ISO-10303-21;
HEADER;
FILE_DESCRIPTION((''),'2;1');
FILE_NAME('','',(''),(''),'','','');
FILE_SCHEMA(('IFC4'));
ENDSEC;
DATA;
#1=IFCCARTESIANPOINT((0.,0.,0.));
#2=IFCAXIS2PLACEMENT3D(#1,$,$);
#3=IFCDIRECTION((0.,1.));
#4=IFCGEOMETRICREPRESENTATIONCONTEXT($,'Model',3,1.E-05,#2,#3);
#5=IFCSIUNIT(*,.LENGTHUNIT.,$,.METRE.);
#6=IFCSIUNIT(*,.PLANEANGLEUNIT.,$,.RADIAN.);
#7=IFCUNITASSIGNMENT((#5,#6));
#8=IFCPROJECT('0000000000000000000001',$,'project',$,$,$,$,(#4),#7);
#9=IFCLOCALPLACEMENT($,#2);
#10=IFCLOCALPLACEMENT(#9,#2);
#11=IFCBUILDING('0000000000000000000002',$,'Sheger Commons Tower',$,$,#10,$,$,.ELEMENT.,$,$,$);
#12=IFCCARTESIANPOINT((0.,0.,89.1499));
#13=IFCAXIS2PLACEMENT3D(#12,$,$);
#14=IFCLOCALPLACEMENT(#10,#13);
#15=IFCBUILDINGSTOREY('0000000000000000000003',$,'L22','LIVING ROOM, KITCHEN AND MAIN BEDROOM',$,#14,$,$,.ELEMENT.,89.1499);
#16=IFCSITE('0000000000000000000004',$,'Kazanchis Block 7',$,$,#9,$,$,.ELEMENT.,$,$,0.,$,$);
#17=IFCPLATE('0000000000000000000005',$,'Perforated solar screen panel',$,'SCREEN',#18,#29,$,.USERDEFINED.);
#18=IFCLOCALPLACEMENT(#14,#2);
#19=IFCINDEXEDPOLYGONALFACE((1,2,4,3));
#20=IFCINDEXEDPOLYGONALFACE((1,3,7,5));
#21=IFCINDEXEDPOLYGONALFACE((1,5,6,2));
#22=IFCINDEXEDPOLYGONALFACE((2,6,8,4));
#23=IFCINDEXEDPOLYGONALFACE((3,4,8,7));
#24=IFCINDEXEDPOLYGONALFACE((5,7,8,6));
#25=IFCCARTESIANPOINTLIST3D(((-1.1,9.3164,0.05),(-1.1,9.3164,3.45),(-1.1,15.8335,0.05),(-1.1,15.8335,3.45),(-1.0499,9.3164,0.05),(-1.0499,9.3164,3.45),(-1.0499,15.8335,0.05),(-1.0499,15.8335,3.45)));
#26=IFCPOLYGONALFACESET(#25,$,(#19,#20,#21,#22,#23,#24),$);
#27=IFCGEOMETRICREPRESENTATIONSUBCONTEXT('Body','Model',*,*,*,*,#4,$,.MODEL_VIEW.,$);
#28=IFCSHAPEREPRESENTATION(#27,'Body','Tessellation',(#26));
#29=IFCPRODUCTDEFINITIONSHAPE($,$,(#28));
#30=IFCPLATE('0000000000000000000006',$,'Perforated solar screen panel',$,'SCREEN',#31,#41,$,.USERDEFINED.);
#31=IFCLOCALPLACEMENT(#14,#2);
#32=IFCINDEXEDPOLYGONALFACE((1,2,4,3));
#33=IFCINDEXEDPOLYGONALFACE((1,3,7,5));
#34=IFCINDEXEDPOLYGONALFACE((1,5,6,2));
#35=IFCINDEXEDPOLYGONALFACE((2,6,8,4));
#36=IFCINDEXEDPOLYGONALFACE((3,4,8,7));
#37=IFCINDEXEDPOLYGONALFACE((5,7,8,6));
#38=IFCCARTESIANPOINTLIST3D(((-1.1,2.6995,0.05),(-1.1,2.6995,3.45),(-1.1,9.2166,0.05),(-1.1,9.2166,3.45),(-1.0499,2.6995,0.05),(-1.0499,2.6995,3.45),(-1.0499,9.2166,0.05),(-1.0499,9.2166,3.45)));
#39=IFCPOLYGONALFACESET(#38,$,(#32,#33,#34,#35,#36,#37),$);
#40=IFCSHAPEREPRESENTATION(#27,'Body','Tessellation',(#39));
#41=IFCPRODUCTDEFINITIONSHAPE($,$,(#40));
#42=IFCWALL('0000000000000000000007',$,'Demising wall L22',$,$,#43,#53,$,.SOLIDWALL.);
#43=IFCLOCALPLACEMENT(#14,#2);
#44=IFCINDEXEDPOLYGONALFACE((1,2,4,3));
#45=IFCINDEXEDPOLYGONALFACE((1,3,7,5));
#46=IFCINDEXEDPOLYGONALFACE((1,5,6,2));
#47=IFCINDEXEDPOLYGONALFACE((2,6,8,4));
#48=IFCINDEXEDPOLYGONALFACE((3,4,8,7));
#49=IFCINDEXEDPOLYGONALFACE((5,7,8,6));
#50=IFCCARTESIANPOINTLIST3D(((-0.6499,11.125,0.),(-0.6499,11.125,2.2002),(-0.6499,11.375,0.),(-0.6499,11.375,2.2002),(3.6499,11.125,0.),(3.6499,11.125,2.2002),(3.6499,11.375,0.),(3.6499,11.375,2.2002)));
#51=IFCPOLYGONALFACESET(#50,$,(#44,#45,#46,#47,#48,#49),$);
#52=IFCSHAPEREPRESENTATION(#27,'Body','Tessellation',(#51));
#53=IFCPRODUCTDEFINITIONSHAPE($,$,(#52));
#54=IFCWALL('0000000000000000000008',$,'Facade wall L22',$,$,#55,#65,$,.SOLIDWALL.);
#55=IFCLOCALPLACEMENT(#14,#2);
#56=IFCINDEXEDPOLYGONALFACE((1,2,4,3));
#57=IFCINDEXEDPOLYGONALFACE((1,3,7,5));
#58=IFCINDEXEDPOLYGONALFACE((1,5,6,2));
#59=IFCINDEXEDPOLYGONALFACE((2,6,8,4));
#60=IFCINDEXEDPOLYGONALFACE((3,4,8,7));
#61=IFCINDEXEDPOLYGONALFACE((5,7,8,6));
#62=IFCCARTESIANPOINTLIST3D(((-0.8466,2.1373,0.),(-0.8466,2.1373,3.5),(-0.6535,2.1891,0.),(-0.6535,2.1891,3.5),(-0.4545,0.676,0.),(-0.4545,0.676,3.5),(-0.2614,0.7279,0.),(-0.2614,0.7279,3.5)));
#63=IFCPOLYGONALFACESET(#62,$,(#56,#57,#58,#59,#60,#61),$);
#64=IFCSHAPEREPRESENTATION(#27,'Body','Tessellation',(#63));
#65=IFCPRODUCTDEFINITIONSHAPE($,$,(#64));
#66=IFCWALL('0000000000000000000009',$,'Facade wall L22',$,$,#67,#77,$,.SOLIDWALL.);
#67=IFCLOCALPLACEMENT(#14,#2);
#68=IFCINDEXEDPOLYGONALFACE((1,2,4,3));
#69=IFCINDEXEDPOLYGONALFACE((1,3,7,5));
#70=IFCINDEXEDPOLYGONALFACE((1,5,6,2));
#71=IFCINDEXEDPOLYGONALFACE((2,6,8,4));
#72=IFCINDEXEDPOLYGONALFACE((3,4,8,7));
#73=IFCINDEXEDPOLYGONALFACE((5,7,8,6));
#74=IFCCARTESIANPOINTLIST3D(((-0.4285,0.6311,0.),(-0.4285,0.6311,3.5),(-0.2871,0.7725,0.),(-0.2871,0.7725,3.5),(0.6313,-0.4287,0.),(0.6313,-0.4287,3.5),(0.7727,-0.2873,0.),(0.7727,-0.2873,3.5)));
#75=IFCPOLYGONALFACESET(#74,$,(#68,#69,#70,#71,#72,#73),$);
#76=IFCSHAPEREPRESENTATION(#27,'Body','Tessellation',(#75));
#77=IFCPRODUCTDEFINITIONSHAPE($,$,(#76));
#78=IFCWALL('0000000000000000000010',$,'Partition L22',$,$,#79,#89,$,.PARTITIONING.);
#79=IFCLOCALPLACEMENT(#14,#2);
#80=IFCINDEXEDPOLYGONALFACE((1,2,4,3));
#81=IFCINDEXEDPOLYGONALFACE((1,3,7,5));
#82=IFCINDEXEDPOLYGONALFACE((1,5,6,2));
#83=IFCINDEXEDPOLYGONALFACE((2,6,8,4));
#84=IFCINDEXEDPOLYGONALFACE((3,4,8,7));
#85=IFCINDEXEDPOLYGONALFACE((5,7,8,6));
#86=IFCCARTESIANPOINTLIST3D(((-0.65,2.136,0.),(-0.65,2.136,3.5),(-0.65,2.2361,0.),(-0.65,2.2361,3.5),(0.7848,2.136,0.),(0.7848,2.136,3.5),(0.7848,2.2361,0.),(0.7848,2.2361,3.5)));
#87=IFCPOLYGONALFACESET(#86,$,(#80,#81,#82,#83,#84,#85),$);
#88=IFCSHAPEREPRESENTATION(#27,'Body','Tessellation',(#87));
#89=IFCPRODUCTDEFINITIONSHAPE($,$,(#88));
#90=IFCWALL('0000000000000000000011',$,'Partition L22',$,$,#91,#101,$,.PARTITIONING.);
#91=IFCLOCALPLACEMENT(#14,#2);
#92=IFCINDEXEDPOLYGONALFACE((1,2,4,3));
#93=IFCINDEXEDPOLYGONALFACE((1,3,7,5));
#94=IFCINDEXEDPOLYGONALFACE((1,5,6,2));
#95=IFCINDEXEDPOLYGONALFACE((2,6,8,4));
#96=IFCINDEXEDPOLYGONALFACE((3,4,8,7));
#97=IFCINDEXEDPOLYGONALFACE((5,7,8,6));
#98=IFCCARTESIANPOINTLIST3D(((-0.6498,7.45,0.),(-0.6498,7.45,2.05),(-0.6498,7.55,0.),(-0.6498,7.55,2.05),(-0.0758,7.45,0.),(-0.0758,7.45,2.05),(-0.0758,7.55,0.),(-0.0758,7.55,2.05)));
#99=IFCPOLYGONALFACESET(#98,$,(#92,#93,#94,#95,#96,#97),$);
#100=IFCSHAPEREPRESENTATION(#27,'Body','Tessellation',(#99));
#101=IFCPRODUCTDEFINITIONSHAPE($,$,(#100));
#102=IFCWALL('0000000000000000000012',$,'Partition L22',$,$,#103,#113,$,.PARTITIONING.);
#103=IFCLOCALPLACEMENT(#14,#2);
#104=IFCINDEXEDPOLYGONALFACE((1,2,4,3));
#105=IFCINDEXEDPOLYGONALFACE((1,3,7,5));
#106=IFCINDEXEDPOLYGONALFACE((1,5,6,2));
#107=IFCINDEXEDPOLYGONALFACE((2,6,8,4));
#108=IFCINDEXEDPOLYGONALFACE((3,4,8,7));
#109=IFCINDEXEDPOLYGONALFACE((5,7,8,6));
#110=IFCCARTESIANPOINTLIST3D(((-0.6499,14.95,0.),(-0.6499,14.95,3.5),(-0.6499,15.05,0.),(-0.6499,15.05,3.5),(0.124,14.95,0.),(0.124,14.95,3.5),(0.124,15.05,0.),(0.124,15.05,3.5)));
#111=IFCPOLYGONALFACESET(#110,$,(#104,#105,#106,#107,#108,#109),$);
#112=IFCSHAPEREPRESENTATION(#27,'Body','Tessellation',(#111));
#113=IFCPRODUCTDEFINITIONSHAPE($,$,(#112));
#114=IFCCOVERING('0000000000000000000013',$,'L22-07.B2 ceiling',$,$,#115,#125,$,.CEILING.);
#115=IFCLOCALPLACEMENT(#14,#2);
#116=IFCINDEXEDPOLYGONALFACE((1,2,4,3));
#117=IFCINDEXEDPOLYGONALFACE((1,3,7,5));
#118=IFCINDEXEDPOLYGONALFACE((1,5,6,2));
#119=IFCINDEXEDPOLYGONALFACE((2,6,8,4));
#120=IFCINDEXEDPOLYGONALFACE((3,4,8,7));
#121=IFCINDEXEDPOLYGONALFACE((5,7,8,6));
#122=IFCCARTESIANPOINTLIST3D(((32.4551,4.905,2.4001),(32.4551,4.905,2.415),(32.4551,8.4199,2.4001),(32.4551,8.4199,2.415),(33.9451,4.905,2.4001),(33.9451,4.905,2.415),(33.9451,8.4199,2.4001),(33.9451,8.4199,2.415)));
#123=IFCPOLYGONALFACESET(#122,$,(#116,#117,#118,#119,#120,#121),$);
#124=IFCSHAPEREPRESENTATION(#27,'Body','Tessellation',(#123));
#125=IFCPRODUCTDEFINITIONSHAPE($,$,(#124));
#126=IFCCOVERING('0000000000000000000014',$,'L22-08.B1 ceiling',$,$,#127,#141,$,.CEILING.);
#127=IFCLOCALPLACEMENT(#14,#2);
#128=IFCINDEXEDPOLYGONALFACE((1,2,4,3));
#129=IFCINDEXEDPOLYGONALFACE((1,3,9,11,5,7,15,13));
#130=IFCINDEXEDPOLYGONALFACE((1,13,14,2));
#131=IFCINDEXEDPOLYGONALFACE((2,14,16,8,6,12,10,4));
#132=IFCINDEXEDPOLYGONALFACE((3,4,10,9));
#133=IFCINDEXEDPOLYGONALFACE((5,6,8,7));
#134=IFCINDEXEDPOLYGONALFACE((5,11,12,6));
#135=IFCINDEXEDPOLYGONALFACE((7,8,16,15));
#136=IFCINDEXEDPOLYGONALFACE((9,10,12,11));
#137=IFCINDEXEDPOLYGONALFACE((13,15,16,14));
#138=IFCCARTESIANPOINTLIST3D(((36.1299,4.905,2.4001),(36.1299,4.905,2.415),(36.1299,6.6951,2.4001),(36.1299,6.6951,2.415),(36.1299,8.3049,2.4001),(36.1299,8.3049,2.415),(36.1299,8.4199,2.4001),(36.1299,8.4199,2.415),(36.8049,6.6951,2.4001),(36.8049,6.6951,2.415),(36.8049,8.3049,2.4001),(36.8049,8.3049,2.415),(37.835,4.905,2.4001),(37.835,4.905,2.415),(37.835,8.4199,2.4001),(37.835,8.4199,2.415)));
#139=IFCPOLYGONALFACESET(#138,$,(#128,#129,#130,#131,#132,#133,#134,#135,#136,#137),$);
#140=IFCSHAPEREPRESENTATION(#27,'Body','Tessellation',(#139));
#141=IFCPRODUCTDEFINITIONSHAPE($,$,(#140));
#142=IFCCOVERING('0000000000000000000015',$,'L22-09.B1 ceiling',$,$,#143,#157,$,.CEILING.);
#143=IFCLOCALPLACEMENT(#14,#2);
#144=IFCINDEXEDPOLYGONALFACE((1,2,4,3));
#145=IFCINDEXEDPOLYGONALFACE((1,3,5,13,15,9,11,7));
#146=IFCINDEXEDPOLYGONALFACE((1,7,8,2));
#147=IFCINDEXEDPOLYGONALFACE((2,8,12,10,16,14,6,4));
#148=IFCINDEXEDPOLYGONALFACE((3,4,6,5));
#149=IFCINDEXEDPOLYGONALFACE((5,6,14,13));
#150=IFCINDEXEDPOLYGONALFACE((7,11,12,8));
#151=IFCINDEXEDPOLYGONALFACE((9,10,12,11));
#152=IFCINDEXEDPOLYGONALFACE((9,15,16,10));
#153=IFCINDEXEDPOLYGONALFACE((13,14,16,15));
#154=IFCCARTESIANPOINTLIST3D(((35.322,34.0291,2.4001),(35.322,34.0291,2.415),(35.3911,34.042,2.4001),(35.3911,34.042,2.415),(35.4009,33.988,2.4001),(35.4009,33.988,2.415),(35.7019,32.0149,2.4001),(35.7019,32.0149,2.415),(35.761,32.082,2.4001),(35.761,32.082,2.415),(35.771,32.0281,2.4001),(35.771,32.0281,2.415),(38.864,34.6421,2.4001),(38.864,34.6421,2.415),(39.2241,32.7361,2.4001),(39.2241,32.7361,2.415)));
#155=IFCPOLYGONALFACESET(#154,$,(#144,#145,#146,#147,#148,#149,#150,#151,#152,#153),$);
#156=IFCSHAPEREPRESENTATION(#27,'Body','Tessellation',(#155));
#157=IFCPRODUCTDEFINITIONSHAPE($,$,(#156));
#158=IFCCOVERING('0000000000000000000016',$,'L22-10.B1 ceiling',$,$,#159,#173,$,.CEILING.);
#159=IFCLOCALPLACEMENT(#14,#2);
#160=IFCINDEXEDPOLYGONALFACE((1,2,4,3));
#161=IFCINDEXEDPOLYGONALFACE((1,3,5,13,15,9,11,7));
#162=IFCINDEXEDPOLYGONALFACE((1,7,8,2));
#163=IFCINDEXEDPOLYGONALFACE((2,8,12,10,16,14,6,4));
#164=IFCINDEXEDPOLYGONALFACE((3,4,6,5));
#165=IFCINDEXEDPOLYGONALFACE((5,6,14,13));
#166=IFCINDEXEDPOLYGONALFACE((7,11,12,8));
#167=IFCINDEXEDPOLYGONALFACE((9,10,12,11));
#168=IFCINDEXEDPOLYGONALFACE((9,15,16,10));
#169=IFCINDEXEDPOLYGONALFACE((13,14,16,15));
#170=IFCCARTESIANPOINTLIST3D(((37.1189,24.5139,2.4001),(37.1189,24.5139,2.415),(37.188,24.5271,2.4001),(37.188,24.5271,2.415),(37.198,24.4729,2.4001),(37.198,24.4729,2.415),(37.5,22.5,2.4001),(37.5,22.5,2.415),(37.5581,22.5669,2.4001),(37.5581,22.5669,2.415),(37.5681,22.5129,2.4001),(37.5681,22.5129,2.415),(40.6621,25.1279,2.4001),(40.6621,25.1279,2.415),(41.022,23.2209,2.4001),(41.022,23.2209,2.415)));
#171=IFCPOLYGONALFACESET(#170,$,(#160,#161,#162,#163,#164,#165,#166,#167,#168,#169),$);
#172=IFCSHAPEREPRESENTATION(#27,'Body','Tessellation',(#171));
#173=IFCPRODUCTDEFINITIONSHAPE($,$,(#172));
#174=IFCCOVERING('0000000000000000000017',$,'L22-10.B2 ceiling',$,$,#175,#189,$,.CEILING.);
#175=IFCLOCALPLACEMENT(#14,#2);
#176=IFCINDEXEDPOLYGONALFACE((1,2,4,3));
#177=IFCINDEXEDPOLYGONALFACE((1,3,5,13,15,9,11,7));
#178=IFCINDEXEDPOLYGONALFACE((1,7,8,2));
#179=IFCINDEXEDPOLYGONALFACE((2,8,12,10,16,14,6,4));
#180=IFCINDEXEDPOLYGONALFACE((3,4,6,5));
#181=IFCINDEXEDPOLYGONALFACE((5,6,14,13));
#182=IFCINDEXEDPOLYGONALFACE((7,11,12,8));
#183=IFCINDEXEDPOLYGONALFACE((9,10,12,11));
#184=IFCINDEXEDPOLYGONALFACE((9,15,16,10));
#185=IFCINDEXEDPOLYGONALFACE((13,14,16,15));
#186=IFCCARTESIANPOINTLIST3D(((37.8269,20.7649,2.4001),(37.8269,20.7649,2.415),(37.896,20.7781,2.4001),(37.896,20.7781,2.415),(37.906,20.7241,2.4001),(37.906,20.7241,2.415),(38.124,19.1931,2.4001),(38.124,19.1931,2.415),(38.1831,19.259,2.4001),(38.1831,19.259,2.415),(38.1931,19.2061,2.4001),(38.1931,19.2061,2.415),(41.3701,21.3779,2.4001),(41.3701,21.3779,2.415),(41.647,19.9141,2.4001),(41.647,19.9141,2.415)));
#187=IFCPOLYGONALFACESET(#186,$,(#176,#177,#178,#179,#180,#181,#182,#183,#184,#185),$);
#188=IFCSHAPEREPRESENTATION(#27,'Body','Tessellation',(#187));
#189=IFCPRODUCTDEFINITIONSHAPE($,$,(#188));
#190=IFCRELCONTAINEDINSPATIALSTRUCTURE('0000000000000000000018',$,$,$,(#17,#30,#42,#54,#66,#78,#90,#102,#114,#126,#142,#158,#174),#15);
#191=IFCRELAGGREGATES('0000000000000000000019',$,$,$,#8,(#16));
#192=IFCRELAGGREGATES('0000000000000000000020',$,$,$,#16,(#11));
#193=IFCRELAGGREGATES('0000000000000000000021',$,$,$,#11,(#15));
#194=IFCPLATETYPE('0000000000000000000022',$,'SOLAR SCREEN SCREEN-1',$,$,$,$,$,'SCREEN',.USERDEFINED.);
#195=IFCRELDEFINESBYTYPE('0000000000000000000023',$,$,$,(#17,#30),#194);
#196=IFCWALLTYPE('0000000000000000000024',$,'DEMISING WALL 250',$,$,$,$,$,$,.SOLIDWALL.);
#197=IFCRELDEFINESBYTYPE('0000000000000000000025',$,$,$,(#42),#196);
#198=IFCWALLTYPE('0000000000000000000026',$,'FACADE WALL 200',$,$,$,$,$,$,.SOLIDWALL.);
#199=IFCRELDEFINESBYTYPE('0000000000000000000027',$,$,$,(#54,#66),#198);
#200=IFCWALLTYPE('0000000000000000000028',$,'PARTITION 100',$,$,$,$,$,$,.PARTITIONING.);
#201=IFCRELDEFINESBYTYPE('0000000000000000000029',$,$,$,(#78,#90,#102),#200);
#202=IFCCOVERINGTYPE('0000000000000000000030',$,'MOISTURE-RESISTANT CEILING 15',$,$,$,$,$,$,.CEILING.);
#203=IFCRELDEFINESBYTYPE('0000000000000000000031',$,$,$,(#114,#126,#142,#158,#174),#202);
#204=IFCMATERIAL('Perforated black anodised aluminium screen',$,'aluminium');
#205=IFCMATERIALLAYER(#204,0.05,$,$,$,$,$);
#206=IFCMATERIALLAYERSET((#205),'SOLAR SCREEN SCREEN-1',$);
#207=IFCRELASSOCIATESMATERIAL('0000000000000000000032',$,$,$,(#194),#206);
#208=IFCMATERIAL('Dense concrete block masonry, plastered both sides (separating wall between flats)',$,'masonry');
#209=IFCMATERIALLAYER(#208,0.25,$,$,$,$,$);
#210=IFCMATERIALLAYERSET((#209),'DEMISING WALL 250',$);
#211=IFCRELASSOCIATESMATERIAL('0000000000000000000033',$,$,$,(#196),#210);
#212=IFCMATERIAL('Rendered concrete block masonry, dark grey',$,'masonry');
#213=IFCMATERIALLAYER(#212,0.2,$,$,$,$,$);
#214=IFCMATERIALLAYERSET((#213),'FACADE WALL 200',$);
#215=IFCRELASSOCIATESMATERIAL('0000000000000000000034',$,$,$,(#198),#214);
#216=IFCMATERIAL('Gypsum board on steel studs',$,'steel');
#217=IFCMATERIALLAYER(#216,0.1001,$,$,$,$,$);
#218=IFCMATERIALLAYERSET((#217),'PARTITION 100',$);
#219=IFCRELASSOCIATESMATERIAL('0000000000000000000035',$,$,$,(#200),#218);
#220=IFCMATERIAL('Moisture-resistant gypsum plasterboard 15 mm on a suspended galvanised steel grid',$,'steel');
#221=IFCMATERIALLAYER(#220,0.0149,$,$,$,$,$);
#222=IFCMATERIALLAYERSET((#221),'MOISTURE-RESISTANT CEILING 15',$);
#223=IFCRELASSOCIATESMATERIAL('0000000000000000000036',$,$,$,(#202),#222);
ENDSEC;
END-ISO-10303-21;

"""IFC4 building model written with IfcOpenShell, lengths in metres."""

from ifc_helpers import new_model, si_unit, direction, frame, frame_2d, origin, origin_2d, place, context, subcontext, project, spatial, polyline, rectangle, outline, extrude, material, layer, layer_set, type_object, element, save


model = new_model("IFC4")

# Units and contexts
model_context = context("Model", 3, precision=1e-05, world=origin(), true_north=direction((0.0, 1.0)))
body_context = subcontext(model_context, "Body", "Model", "MODEL_VIEW")
ifc_project = project(units=[si_unit("LENGTHUNIT", "METRE"), si_unit("PLANEANGLEUNIT", "RADIAN")], contexts=[model_context])

# Site, building, storey
site_placement = place(None, origin())
site = spatial("IfcSite", under=ifc_project, at=site_placement, Name="Kazanchis Block 7", CompositionType="ELEMENT", RefElevation=0.0)
building_placement = place(site_placement, origin())
building = spatial("IfcBuilding", under=site, at=building_placement, Name="Sheger Commons Tower", CompositionType="ELEMENT")
storey_placement = place(building_placement, frame((0.0, 0.0, 89.1499)))
storey = spatial("IfcBuildingStorey", under=building, at=storey_placement, Name="L22", Description="LIVING ROOM, KITCHEN AND MAIN BEDROOM", CompositionType="ELEMENT", Elevation=89.1499)

# Plates
ifc_material_1 = material(Name="Perforated black anodised aluminium screen", Category="aluminium")
ifc_layer_1 = layer(ifc_material_1, 0.05)
ifc_layer_set_1 = layer_set([ifc_layer_1], Name="SOLAR SCREEN SCREEN-1")
plate_type = type_object("IfcPlateType", Name="SOLAR SCREEN SCREEN-1", ElementType="SCREEN", PredefinedType="USERDEFINED", material=ifc_layer_set_1)
for number, where, z_axis, x_axis, name in (
    (1, (-1.075, 12.575, 0.05), (0.0, 0.0, 1.0), (0.0, -1.0, 0.0), "Perforated solar screen panel"),
    (2, (-1.075, 5.958, 0.05), (0.0, 0.0, 1.0), (0.0, -1.0, 0.0), "Perforated solar screen panel"),
):
    element("IfcPlate", number, at=place(storey_placement, frame(where, z_axis=z_axis, x_axis=x_axis)), inside=storey, type_object=plate_type, Name=name, ObjectType="SCREEN", PredefinedType="USERDEFINED", context=body_context, shape_type="SweptSolid", body=[
        extrude(rectangle(XDim=6.5171, YDim=0.05, at=origin_2d()), origin(), (0.0, 0.0, 1.0), 3.3999),
    ])

# Walls
ifc_material_2 = material(Name="Dense concrete block masonry, plastered both sides (separating wall between flats)", Category="masonry")
ifc_layer_2 = layer(ifc_material_2, 0.25)
ifc_layer_set_2 = layer_set([ifc_layer_2], Name="DEMISING WALL 250")
wall_type_1 = type_object("IfcWallType", Name="DEMISING WALL 250", PredefinedType="SOLIDWALL", material=ifc_layer_set_2)
wall_1_placement = place(storey_placement, frame((-0.6499, 11.25, 0.0), z_axis=(0.0, 0.0, 1.0), x_axis=(1.0, 0.0, 0.0)))
element("IfcWall", 3, at=wall_1_placement, inside=storey, type_object=wall_type_1, Name="Demising wall L22", PredefinedType="SOLIDWALL", context=body_context, shape_type="SweptSolid", body=[
    extrude(rectangle(XDim=4.2998, YDim=0.25, at=frame_2d((2.1499, 0.0))), origin(), (0.0, 0.0, 1.0), 2.2002),
])
ifc_material_3 = material(Name="Rendered concrete block masonry, dark grey", Category="masonry")
ifc_layer_3 = layer(ifc_material_3, 0.2)
ifc_layer_set_3 = layer_set([ifc_layer_3], Name="FACADE WALL 200")
wall_type_2 = type_object("IfcWallType", Name="FACADE WALL 200", PredefinedType="SOLIDWALL", material=ifc_layer_set_3)
wall_2_placement = place(storey_placement, frame((-0.75, 2.1631, 0.0), z_axis=(0.0, 0.0, 1.0), x_axis=(0.259169, -0.965832, 0.0)))
element("IfcWall", 4, at=wall_2_placement, inside=storey, type_object=wall_type_2, Name="Facade wall L22", PredefinedType="SOLIDWALL", context=body_context, shape_type="SweptSolid", body=[
    extrude(rectangle(XDim=1.5129, YDim=0.2, at=frame_2d((0.7563, 0.0))), origin(), (0.0, 0.0, 1.0), 3.5),
])
wall_3_placement = place(storey_placement, frame((-0.3579, 0.7019, 0.0), z_axis=(0.0, 0.0, 1.0), x_axis=(0.707107, -0.707107, 0.0)))
element("IfcWall", 5, at=wall_3_placement, inside=storey, type_object=wall_type_2, Name="Facade wall L22", PredefinedType="SOLIDWALL", context=body_context, shape_type="SweptSolid", body=[
    extrude(rectangle(XDim=1.4988, YDim=0.2, at=frame_2d((0.7495, 0.0))), origin(), (0.0, 0.0, 1.0), 3.5),
])
ifc_material_4 = material(Name="Gypsum board on steel studs", Category="steel")
ifc_layer_4 = layer(ifc_material_4, 0.1001)
ifc_layer_set_4 = layer_set([ifc_layer_4], Name="PARTITION 100")
wall_type_3 = type_object("IfcWallType", Name="PARTITION 100", PredefinedType="PARTITIONING", material=ifc_layer_set_4)
wall_4_placement = place(storey_placement, frame((-0.6499, 2.186, 0.0), z_axis=(0.0, 0.0, 1.0), x_axis=(1.0, 0.0, 0.0)))
element("IfcWall", 6, at=wall_4_placement, inside=storey, type_object=wall_type_3, Name="Partition L22", PredefinedType="PARTITIONING", context=body_context, shape_type="SweptSolid", body=[
    extrude(rectangle(XDim=1.4348, YDim=0.1001, at=frame_2d((0.7173, 0.0))), origin(), (0.0, 0.0, 1.0), 3.5),
])
wall_5_placement = place(storey_placement, frame((-0.6499, 7.5, 0.0), z_axis=(0.0, 0.0, 1.0), x_axis=(1.0, 0.0, 0.0)))
element("IfcWall", 7, at=wall_5_placement, inside=storey, type_object=wall_type_3, Name="Partition L22", PredefinedType="PARTITIONING", context=body_context, shape_type="SweptSolid", body=[
    extrude(rectangle(XDim=0.574, YDim=0.1001, at=frame_2d((0.2871, 0.0))), origin(), (0.0, 0.0, 1.0), 2.05),
])
wall_6_placement = place(storey_placement, frame((-0.6499, 15.0, 0.0), z_axis=(0.0, 0.0, 1.0), x_axis=(1.0, 0.0, 0.0)))
element("IfcWall", 8, at=wall_6_placement, inside=storey, type_object=wall_type_3, Name="Partition L22", PredefinedType="PARTITIONING", context=body_context, shape_type="SweptSolid", body=[
    extrude(rectangle(XDim=0.7739, YDim=0.1001, at=frame_2d((0.387, 0.0))), origin(), (0.0, 0.0, 1.0), 3.5),
])

# Coverings
ifc_material_5 = material(Name="Moisture-resistant gypsum plasterboard 15 mm on a suspended galvanised steel grid", Category="steel")
ifc_layer_5 = layer(ifc_material_5, 0.0149)
ifc_layer_set_5 = layer_set([ifc_layer_5], Name="MOISTURE-RESISTANT CEILING 15")
covering_type_1 = type_object("IfcCoveringType", Name="MOISTURE-RESISTANT CEILING 15", PredefinedType="CEILING", material=ifc_layer_set_5)
covering_1_placement = place(storey_placement, frame((0.0, 0.0, 2.4001)))
element("IfcCovering", 9, at=covering_1_placement, inside=storey, type_object=covering_type_1, Name="L22-07.B2 ceiling", PredefinedType="CEILING", context=body_context, shape_type="SweptSolid", body=[
    extrude(outline(polyline([(32.4551, 4.905), (33.9451, 4.905), (33.9451, 8.4199), (32.4551, 8.4199), (32.4551, 4.905)])), origin(), (0.0, 0.0, 1.0), 0.0149),
])
covering_2_placement = place(storey_placement, frame((0.0, 0.0, 2.4001)))
element("IfcCovering", 10, at=covering_2_placement, inside=storey, type_object=covering_type_1, Name="L22-08.B1 ceiling", PredefinedType="CEILING", context=body_context, shape_type="SweptSolid", body=[
    extrude(outline(polyline([(36.1299, 4.905), (37.835, 4.905), (37.835, 8.4199), (36.1299, 8.4199), (36.1299, 8.3049), (36.8049, 8.3049), (36.8049, 6.6951), (36.1299, 6.6951), (36.1299, 4.905)])), origin(), (0.0, 0.0, 1.0), 0.0149),
])
covering_3_placement = place(storey_placement, frame((0.0, 0.0, 2.4001)))
element("IfcCovering", 11, at=covering_3_placement, inside=storey, type_object=covering_type_1, Name="L22-09.B1 ceiling", PredefinedType="CEILING", context=body_context, shape_type="SweptSolid", body=[
    extrude(outline(polyline([(35.7019, 32.0149), (35.771, 32.0281), (35.761, 32.082), (39.2241, 32.7361), (38.864, 34.6421), (35.4009, 33.988), (35.3911, 34.042), (35.322, 34.0291), (35.7019, 32.0149)])), origin(), (0.0, 0.0, 1.0), 0.0149),
])
covering_4_placement = place(storey_placement, frame((0.0, 0.0, 2.4001)))
element("IfcCovering", 12, at=covering_4_placement, inside=storey, type_object=covering_type_1, Name="L22-10.B1 ceiling", PredefinedType="CEILING", context=body_context, shape_type="SweptSolid", body=[
    extrude(outline(polyline([(37.5, 22.5), (37.5681, 22.5129), (37.5581, 22.5669), (41.022, 23.2209), (40.6621, 25.1279), (37.198, 24.4729), (37.188, 24.5271), (37.1189, 24.5139), (37.5, 22.5)])), origin(), (0.0, 0.0, 1.0), 0.0149),
])
covering_5_placement = place(storey_placement, frame((0.0, 0.0, 2.4001)))
element("IfcCovering", 13, at=covering_5_placement, inside=storey, type_object=covering_type_1, Name="L22-10.B2 ceiling", PredefinedType="CEILING", context=body_context, shape_type="SweptSolid", body=[
    extrude(outline(polyline([(38.124, 19.1931), (38.1931, 19.2061), (38.1831, 19.259), (41.647, 19.9141), (41.3701, 21.3779), (37.906, 20.7241), (37.896, 20.7781), (37.8269, 20.7649), (38.124, 19.1931)])), origin(), (0.0, 0.0, 1.0), 0.0149),
])

save(model, "model.ifc")
